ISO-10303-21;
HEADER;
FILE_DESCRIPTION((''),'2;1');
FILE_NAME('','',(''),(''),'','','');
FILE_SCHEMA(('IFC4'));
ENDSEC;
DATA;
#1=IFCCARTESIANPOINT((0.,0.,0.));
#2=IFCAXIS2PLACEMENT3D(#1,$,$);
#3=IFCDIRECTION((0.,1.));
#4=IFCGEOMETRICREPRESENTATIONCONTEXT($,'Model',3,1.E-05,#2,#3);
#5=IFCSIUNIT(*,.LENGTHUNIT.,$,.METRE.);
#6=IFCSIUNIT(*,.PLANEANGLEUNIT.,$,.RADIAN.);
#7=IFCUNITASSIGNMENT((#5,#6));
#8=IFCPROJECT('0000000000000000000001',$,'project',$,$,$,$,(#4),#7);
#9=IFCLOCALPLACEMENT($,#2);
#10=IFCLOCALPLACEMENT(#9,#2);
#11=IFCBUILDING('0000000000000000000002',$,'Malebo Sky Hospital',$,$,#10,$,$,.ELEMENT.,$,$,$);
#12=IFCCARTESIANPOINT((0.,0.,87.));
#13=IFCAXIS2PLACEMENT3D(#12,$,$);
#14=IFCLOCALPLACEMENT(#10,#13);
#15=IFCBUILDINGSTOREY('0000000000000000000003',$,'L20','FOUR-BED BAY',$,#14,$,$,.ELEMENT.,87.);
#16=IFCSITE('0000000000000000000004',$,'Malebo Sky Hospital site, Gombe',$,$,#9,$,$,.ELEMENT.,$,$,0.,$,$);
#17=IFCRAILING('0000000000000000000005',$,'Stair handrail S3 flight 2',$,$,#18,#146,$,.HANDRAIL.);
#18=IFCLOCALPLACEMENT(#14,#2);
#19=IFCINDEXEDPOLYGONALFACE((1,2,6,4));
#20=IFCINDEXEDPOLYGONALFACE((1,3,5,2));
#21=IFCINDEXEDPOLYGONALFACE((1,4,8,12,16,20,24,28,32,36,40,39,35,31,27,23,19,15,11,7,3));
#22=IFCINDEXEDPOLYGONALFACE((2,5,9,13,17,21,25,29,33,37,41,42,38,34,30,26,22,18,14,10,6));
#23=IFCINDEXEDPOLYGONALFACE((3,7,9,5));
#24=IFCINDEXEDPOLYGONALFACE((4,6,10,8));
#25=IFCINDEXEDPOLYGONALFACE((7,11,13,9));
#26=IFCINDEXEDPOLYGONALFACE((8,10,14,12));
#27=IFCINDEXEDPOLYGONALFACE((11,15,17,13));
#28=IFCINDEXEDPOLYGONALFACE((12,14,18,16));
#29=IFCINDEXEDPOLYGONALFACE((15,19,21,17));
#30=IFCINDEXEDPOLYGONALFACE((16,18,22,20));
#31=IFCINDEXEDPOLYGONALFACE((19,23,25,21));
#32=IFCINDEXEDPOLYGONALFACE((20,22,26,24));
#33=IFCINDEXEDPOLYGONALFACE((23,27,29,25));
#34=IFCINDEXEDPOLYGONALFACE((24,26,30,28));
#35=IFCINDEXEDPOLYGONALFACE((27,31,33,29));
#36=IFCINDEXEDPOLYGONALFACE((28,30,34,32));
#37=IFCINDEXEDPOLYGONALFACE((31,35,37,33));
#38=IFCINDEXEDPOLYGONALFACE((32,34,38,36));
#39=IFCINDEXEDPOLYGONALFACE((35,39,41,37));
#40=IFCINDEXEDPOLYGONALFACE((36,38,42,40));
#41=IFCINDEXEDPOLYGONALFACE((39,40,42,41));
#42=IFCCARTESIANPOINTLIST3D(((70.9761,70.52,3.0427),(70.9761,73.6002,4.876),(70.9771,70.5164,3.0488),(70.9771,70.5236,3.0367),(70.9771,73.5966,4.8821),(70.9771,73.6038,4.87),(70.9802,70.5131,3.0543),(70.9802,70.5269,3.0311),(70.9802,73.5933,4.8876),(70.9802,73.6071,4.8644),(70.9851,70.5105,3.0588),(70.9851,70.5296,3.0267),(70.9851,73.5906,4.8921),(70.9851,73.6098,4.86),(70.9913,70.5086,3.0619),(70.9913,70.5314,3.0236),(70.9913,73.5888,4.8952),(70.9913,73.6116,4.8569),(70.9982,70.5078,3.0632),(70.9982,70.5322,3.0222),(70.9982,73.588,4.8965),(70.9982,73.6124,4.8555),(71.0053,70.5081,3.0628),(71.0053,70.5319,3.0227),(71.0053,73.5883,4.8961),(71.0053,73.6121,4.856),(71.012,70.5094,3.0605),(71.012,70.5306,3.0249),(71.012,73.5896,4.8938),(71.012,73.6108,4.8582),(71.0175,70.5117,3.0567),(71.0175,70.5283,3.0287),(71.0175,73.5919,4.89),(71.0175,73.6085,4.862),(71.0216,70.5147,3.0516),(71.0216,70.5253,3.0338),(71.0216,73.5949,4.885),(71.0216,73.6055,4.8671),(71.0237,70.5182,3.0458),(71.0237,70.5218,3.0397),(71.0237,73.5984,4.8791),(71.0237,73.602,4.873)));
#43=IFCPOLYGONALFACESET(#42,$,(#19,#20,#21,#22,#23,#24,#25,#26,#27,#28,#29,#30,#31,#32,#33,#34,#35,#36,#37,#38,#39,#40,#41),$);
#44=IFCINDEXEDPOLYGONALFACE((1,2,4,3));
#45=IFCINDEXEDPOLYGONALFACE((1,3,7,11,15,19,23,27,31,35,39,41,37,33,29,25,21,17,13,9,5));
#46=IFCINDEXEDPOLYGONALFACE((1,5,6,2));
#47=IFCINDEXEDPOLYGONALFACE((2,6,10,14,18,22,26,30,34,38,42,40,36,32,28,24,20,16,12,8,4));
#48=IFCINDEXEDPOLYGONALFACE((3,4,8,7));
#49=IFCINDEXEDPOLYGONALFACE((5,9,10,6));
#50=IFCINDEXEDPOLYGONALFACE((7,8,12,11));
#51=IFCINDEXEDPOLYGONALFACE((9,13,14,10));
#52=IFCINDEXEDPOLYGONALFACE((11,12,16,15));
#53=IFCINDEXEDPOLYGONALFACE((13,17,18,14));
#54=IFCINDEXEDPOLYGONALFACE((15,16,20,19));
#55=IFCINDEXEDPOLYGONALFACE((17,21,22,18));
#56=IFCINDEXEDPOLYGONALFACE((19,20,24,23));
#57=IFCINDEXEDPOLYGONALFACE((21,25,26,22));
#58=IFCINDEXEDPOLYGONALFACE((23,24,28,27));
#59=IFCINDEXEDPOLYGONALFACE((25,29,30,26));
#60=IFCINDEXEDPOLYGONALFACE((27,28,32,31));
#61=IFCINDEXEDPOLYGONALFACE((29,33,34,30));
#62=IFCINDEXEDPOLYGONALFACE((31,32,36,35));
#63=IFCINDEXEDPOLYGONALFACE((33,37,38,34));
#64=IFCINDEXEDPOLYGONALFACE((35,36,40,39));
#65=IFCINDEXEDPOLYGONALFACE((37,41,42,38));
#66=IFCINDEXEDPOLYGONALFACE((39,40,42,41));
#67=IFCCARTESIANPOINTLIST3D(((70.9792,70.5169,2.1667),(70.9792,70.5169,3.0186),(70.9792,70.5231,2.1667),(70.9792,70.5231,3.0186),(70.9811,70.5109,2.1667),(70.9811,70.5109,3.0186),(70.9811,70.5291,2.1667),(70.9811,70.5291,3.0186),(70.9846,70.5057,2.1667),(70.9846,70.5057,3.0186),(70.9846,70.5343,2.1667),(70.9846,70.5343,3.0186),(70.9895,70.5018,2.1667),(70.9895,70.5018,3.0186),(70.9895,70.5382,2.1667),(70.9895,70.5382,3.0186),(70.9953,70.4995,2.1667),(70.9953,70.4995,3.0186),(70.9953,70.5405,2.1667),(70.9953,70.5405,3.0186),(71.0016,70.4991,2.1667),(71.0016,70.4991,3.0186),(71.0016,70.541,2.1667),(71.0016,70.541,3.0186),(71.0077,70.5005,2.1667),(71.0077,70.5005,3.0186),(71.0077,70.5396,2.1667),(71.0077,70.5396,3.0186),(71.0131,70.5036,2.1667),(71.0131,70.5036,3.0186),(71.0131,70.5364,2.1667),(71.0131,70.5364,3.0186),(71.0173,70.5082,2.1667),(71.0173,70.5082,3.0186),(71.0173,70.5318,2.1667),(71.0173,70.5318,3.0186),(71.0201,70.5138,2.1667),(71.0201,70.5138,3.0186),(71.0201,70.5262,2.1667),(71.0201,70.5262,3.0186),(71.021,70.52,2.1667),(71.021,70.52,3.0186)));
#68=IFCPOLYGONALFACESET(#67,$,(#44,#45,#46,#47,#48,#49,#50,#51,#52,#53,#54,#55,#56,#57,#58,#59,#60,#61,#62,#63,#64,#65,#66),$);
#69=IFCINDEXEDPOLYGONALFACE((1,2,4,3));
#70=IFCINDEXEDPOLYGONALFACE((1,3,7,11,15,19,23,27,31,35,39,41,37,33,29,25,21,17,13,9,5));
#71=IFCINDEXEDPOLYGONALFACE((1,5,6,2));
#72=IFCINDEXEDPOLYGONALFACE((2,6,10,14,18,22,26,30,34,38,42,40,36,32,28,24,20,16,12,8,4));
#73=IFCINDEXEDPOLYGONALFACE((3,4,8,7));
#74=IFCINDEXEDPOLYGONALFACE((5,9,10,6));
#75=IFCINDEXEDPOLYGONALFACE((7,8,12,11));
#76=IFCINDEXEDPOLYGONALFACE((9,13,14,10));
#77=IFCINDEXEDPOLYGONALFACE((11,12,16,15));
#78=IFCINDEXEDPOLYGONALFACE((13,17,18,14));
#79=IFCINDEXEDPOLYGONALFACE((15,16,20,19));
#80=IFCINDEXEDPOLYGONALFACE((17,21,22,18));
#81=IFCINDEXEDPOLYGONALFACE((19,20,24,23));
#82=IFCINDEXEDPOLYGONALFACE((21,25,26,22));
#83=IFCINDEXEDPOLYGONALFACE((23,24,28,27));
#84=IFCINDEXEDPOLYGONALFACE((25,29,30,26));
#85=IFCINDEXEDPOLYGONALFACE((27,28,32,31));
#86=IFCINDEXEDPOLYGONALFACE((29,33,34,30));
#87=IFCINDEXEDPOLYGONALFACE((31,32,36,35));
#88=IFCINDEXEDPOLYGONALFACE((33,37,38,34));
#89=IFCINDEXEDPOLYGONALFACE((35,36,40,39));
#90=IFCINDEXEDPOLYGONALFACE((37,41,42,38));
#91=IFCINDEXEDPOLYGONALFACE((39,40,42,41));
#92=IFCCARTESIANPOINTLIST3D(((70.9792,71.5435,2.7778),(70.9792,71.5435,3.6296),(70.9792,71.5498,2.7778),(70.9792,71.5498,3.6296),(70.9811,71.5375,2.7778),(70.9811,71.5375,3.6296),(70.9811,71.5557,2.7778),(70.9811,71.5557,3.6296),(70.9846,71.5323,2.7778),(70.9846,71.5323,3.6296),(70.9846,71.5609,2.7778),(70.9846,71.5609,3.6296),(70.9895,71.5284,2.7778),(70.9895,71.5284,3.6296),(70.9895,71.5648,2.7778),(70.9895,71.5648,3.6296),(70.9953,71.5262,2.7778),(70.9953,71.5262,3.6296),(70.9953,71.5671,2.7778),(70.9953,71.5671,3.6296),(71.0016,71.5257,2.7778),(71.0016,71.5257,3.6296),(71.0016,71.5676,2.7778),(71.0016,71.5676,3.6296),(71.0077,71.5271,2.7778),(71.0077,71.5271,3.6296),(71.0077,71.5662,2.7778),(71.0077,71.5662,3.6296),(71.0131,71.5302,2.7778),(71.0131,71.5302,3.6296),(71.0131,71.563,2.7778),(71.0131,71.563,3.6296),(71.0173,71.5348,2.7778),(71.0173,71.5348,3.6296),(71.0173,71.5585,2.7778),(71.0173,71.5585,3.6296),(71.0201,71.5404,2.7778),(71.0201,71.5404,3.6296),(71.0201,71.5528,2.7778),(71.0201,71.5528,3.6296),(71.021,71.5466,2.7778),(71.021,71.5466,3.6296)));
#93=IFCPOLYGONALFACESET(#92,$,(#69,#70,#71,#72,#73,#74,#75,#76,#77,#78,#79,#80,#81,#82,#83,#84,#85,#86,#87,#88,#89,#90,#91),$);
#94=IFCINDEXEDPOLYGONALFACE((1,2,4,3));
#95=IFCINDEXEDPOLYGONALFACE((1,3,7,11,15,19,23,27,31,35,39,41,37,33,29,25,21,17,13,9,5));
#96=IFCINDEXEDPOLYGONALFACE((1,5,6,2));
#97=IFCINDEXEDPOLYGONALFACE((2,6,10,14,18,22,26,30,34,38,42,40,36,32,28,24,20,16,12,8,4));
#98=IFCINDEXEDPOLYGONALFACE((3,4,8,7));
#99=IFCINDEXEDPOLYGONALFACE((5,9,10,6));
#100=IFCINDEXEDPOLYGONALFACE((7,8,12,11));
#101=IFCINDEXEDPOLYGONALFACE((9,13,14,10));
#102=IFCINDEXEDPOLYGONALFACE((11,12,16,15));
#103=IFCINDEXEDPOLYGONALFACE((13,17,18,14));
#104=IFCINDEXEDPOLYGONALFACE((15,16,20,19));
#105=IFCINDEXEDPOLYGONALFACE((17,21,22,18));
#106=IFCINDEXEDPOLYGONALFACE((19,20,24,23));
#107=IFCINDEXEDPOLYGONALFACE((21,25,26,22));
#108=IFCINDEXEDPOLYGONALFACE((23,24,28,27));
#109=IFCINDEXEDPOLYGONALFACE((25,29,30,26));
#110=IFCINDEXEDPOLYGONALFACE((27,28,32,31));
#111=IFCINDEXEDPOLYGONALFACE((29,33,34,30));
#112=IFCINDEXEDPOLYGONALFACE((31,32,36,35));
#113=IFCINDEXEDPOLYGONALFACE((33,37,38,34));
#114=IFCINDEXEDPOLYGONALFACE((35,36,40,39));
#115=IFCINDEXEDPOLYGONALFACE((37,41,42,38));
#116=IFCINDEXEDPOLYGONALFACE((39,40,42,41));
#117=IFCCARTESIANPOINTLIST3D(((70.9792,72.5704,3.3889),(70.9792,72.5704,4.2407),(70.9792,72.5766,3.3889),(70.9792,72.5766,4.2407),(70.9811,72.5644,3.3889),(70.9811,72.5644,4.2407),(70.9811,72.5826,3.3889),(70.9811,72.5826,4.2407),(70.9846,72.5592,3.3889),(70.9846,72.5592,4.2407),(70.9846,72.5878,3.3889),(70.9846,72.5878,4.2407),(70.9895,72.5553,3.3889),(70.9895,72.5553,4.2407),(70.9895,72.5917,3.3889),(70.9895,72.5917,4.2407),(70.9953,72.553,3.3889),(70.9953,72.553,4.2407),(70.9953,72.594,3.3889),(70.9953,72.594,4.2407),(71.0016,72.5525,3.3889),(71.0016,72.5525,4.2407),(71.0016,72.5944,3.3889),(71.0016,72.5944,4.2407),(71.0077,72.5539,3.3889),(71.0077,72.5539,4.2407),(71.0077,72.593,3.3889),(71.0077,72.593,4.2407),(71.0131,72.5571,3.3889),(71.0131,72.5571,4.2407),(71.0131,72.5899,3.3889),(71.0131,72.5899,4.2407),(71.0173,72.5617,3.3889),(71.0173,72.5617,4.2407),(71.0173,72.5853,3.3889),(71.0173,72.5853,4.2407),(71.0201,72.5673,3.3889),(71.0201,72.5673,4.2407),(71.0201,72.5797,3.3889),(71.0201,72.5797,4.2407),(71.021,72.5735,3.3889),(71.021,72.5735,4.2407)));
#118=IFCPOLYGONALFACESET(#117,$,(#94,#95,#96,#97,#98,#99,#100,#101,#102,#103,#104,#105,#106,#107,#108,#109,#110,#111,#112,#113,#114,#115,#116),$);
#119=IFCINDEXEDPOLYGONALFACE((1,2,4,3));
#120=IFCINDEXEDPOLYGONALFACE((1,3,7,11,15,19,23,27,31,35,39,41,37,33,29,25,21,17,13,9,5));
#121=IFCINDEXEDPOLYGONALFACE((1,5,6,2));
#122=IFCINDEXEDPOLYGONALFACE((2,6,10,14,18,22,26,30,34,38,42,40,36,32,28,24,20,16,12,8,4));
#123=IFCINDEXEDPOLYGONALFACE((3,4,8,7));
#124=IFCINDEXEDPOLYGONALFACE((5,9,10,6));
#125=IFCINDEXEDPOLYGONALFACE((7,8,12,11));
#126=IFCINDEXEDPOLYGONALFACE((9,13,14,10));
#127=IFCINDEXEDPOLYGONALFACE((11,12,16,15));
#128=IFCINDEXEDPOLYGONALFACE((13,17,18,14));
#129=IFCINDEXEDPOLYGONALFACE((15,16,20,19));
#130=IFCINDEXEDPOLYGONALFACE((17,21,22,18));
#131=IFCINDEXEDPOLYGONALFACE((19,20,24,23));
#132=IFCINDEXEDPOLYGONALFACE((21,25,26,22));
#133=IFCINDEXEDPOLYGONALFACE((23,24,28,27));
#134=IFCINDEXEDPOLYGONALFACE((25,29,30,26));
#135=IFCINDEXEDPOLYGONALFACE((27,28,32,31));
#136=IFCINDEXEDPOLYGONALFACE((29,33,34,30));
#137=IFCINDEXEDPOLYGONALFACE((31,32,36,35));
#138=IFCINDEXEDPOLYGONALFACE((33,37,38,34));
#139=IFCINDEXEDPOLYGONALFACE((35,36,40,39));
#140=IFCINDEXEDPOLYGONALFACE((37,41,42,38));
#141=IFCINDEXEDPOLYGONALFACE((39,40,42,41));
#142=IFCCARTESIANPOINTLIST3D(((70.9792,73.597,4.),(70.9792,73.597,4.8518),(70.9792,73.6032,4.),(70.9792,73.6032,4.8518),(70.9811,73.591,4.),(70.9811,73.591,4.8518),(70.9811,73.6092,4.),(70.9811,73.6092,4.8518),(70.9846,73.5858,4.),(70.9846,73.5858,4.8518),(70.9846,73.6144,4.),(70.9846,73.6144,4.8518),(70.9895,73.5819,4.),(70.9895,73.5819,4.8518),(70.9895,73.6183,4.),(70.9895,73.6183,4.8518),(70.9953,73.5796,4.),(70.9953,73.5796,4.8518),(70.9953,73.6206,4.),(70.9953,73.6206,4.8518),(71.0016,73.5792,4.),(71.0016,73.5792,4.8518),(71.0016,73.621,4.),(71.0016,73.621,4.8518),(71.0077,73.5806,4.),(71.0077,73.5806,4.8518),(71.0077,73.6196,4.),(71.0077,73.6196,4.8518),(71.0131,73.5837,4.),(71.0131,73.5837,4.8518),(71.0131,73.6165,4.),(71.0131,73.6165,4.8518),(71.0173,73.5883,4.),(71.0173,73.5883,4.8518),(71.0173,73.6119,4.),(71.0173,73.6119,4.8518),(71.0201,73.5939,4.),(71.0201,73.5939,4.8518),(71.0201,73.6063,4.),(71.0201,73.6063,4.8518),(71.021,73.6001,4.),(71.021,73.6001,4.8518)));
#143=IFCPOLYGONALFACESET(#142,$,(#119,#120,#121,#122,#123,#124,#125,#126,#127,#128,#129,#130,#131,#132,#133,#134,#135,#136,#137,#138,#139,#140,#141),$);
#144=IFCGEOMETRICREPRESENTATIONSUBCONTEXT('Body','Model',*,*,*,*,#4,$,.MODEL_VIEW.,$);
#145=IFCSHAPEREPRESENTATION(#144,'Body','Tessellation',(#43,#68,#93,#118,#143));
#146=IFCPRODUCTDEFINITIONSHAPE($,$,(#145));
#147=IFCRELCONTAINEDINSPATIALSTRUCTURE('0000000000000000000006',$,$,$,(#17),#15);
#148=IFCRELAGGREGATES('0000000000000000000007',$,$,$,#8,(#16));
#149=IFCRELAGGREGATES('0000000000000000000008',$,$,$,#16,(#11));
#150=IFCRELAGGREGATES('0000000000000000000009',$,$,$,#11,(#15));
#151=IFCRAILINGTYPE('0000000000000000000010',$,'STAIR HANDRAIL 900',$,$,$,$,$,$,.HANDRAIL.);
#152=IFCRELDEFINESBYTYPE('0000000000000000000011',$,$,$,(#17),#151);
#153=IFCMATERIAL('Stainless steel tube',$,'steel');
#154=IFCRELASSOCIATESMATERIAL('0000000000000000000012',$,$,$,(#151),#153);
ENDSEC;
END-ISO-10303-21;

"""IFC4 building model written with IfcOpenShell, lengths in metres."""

from ifc_helpers import new_model, si_unit, direction, frame, origin, origin_2d, place, context, subcontext, project, spatial, circle, extrude, material, type_object, element, save


model = new_model("IFC4")

# Units and contexts
model_context = context("Model", 3, precision=1e-05, world=origin(), true_north=direction((0.0, 1.0)))
body_context = subcontext(model_context, "Body", "Model", "MODEL_VIEW")
ifc_project = project(units=[si_unit("LENGTHUNIT", "METRE"), si_unit("PLANEANGLEUNIT", "RADIAN")], contexts=[model_context])

# Site, building, storey
site_placement = place(None, origin())
site = spatial("IfcSite", under=ifc_project, at=site_placement, Name="Malebo Sky Hospital site, Gombe", CompositionType="ELEMENT", RefElevation=0.0)
building_placement = place(site_placement, origin())
building = spatial("IfcBuilding", under=site, at=building_placement, Name="Malebo Sky Hospital", CompositionType="ELEMENT")
storey_placement = place(building_placement, frame((0.0, 0.0, 87.0)))
storey = spatial("IfcBuildingStorey", under=building, at=storey_placement, Name="L20", Description="FOUR-BED BAY", CompositionType="ELEMENT", Elevation=87.0)

# Railing
ifc_material_1 = material(Name="Stainless steel tube", Category="steel")
railing_type = type_object("IfcRailingType", Name="STAIR HANDRAIL 900", PredefinedType="HANDRAIL", material=ifc_material_1)
railing_1_placement = place(storey_placement, frame((71.0, 70.52, 2.1667)))
element("IfcRailing", 1, at=railing_1_placement, inside=storey, type_object=railing_type, Name="Stair handrail S3 flight 2", PredefinedType="HANDRAIL", context=body_context, shape_type="SweptSolid", body=[
    extrude(circle(Radius=0.0239, at=origin_2d()), frame((0.0, 0.0, 0.876), z_axis=(0.0, 0.859309, 0.511458), x_axis=(-1.0, 0.0, 0.0)), (0.0, 0.0, 1.0), 3.5845),
    extrude(circle(Radius=0.021, at=origin_2d()), origin(), (0.0, 0.0, 1.0), 0.8518),
    extrude(circle(Radius=0.021, at=origin_2d()), frame((0.0, 1.0266, 0.6111)), (0.0, 0.0, 1.0), 0.8518),
    extrude(circle(Radius=0.021, at=origin_2d()), frame((0.0, 2.0535, 1.2222)), (0.0, 0.0, 1.0), 0.8518),
    extrude(circle(Radius=0.021, at=origin_2d()), frame((0.0, 3.0801, 1.8333)), (0.0, 0.0, 1.0), 0.8518),
])

save(model, "model.ifc")
